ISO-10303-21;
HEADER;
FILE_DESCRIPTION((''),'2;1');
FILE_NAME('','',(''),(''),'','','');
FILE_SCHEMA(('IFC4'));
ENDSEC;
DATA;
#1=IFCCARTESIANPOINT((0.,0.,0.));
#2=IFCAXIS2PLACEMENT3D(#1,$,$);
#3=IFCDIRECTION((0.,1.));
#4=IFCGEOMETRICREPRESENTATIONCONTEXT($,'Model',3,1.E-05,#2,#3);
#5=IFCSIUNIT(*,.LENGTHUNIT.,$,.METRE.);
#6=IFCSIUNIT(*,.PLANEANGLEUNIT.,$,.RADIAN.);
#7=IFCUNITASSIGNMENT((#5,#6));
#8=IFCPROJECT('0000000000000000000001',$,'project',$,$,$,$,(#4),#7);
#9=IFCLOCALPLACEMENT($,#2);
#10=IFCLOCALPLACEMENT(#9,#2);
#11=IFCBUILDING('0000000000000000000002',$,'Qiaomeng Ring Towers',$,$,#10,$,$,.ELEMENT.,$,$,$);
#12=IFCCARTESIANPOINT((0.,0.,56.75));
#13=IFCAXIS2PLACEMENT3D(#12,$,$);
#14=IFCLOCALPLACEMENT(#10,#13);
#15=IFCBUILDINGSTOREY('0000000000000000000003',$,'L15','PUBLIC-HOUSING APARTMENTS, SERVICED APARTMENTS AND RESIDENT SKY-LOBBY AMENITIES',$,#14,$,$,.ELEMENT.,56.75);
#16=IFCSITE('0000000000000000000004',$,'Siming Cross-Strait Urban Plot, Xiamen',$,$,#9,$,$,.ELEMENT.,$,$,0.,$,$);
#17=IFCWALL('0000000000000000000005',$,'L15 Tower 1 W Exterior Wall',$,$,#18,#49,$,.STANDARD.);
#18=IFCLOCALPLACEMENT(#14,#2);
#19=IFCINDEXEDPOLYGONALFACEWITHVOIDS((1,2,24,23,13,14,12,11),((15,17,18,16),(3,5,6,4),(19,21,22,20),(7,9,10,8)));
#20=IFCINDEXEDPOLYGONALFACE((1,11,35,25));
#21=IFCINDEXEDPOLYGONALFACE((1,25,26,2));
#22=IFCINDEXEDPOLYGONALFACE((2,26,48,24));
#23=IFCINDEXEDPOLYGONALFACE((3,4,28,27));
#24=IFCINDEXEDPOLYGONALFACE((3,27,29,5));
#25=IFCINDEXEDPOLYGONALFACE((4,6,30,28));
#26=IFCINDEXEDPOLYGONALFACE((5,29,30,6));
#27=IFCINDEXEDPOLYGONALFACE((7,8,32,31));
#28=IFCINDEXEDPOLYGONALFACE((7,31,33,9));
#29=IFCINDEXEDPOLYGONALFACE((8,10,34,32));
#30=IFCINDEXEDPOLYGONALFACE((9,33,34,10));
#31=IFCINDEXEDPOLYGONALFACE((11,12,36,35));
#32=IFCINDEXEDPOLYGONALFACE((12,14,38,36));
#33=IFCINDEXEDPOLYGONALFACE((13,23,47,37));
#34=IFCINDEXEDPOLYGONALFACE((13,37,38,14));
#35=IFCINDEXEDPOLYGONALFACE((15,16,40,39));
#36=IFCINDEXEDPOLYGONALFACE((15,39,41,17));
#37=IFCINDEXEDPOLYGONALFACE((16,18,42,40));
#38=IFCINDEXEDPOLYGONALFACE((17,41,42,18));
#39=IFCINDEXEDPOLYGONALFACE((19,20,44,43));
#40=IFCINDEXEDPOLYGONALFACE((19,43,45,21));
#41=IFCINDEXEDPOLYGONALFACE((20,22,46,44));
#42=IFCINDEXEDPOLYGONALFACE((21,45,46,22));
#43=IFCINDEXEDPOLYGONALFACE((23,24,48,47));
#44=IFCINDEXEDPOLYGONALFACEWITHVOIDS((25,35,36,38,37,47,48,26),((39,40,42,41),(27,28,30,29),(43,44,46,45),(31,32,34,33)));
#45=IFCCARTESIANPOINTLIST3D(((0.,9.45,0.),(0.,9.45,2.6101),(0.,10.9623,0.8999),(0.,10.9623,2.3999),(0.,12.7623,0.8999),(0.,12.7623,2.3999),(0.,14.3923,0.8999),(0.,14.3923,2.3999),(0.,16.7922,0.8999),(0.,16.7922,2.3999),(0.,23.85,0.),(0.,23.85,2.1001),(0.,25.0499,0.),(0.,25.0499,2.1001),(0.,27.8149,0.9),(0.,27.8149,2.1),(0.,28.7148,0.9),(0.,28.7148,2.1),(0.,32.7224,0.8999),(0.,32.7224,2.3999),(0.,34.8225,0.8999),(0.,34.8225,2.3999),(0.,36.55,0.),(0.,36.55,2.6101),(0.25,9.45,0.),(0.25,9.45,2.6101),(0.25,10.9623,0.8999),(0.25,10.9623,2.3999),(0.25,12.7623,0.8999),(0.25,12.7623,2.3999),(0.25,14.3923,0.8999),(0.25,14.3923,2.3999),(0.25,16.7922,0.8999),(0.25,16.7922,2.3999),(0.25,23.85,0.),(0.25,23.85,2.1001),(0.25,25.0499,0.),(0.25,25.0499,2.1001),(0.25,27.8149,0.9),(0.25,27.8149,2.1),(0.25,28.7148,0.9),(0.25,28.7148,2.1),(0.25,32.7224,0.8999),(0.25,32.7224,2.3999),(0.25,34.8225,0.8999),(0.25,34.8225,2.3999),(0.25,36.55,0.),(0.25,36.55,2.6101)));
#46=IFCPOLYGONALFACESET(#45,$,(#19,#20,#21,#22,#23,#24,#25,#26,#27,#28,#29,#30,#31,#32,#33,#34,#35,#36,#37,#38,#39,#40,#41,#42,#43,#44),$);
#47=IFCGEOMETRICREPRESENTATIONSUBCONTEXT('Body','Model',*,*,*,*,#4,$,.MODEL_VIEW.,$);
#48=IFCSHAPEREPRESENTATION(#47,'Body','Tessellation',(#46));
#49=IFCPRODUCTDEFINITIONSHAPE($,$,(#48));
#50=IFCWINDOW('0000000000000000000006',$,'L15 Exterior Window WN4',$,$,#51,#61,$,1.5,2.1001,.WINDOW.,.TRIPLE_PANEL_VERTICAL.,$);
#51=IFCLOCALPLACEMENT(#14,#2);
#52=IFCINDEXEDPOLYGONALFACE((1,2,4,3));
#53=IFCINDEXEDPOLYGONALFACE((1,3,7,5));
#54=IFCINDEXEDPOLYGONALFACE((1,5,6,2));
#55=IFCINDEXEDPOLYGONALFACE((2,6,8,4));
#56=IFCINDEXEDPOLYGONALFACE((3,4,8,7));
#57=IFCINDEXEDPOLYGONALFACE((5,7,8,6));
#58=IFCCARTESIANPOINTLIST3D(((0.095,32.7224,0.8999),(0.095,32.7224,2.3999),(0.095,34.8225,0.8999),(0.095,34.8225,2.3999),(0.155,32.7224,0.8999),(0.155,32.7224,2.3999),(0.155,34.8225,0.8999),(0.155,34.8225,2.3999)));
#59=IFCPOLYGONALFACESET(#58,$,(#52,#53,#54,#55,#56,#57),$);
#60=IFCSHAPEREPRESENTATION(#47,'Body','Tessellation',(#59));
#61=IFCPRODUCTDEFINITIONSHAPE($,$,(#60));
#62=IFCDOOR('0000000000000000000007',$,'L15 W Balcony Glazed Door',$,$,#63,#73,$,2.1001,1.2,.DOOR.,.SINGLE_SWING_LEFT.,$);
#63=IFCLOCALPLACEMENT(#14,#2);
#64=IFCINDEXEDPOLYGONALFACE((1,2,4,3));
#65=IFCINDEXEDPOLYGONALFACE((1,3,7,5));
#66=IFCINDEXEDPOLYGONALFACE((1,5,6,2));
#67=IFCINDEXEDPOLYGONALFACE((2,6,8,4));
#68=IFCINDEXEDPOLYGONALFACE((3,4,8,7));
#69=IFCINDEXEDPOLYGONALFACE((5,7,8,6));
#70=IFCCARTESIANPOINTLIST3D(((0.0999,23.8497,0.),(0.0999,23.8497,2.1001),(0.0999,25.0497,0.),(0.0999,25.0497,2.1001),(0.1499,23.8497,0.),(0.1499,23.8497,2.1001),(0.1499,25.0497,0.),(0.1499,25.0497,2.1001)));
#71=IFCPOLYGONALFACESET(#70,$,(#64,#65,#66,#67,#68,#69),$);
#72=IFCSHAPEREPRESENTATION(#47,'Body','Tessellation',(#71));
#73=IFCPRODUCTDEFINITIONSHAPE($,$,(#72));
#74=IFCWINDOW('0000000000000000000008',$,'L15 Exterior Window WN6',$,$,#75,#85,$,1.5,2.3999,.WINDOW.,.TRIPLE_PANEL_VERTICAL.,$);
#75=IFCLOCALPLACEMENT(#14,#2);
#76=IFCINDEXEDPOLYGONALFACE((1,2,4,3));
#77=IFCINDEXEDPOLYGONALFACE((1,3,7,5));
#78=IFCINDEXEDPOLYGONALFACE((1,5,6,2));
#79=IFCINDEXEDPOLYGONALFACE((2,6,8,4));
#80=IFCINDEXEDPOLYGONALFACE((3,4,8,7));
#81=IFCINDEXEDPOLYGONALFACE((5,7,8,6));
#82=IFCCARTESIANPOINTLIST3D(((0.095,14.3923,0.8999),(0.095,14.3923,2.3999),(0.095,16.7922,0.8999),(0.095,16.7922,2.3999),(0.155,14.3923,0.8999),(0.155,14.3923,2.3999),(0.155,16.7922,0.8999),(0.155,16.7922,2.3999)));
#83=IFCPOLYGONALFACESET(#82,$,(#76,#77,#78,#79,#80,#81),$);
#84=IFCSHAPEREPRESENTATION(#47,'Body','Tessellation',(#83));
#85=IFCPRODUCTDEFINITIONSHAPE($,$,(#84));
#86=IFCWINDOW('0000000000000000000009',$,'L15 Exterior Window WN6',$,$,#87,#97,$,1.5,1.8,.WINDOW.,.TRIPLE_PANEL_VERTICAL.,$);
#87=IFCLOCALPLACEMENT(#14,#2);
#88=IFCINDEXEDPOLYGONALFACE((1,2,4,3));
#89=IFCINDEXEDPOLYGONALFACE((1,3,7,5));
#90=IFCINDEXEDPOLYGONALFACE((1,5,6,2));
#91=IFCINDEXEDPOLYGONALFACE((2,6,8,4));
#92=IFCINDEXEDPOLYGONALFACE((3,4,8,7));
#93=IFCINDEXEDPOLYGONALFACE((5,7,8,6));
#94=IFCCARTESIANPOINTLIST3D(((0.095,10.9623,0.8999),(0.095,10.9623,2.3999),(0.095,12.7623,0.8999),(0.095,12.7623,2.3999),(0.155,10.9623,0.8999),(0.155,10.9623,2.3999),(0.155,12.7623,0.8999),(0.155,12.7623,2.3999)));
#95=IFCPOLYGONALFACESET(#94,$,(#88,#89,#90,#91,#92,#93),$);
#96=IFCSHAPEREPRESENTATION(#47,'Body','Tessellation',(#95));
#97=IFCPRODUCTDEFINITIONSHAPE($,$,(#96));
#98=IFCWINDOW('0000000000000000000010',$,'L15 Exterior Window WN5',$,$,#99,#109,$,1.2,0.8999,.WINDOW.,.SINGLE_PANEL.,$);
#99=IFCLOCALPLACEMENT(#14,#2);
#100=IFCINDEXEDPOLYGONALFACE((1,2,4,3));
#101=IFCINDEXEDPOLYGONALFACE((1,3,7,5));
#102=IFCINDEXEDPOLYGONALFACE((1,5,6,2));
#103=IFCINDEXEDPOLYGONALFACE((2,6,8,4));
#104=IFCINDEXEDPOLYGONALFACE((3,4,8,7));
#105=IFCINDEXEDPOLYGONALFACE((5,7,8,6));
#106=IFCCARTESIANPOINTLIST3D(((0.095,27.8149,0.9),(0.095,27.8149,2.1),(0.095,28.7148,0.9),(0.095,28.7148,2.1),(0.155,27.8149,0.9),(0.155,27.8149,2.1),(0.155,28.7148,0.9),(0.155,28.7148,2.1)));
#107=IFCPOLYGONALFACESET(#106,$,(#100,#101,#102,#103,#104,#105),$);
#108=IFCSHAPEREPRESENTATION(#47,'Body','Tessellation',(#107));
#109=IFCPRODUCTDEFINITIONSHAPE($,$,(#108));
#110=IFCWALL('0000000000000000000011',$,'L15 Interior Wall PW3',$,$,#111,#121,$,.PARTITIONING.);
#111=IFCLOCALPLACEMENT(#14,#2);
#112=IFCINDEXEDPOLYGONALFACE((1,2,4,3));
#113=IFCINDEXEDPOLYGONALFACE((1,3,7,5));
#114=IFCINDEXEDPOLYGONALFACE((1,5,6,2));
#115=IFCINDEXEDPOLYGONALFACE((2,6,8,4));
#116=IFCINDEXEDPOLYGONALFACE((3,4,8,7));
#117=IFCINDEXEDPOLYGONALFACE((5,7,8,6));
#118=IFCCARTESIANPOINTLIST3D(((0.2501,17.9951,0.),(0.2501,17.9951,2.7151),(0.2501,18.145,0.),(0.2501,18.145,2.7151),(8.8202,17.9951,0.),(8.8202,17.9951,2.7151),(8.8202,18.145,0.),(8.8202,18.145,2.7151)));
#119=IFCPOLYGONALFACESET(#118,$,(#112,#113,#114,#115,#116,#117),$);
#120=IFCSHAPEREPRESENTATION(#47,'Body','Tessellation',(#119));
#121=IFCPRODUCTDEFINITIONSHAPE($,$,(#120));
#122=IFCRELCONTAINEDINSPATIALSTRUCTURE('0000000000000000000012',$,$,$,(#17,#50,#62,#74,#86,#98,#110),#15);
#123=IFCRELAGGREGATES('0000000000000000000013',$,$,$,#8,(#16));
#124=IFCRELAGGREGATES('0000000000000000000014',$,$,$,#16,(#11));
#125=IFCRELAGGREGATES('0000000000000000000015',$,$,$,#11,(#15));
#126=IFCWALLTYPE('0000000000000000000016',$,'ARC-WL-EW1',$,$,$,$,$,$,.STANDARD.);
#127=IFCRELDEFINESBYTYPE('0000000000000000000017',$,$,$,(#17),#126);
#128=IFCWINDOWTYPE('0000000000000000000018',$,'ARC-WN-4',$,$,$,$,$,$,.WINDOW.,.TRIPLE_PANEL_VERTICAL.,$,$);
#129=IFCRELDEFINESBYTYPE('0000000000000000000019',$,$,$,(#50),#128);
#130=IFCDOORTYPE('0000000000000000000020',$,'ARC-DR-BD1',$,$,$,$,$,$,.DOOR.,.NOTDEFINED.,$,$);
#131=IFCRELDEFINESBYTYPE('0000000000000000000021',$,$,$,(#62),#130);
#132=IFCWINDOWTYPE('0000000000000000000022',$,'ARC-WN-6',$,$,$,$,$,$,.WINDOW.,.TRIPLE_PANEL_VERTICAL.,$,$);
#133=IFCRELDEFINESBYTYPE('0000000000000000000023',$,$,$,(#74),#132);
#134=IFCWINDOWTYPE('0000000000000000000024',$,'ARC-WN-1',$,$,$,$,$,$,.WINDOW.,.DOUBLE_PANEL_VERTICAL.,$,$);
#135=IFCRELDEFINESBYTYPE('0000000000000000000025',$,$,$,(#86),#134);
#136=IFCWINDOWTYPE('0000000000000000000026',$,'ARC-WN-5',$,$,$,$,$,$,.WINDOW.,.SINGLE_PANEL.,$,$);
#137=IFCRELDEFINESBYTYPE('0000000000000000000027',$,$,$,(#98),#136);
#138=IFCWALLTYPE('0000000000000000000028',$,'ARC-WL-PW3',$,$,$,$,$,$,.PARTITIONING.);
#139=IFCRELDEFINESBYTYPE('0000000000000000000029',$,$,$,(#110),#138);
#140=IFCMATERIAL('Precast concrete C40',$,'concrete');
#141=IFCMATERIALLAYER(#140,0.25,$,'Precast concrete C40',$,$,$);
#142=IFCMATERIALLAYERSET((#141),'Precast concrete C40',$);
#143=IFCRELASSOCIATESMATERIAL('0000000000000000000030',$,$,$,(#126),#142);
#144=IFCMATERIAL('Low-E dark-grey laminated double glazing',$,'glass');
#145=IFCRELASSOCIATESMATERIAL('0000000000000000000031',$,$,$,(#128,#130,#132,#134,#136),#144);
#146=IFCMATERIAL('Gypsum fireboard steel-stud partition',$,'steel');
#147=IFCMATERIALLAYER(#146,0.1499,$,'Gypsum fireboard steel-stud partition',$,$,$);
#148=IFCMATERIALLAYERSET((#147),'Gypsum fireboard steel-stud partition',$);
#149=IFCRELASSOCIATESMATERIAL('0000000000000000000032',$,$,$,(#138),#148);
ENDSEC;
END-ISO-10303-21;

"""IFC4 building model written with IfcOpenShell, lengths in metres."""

from ifc_helpers import new_model, si_unit, direction, frame, frame_2d, origin, place, context, subcontext, project, spatial, rectangle, extrude, source, transform, mapped, material, layer, layer_set, type_object, element, fill, save


model = new_model("IFC4")

# Units and contexts
model_context = context("Model", 3, precision=1e-05, world=origin(), true_north=direction((0.0, 1.0)))
body_context = subcontext(model_context, "Body", "Model", "MODEL_VIEW")
ifc_project = project(units=[si_unit("LENGTHUNIT", "METRE"), si_unit("PLANEANGLEUNIT", "RADIAN")], contexts=[model_context])

# Site, building, storey
site_placement = place(None, origin())
site = spatial("IfcSite", under=ifc_project, at=site_placement, Name="Siming Cross-Strait Urban Plot, Xiamen", CompositionType="ELEMENT", RefElevation=0.0)
building_placement = place(site_placement, origin())
building = spatial("IfcBuilding", under=site, at=building_placement, Name="Qiaomeng Ring Towers", CompositionType="ELEMENT")
storey_placement = place(building_placement, frame((0.0, 0.0, 56.75)))
storey = spatial("IfcBuildingStorey", under=building, at=storey_placement, Name="L15", Description="PUBLIC-HOUSING APARTMENTS, SERVICED APARTMENTS AND RESIDENT SKY-LOBBY AMENITIES", CompositionType="ELEMENT", Elevation=56.75)

# Wall, openings, windows, door
ifc_material_1 = material(Name="Precast concrete C40", Category="concrete")
ifc_layer_1 = layer(ifc_material_1, 0.25, Name="Precast concrete C40")
ifc_layer_set_1 = layer_set([ifc_layer_1], Name="Precast concrete C40")
wall_type_1 = type_object("IfcWallType", Name="ARC-WL-EW1", PredefinedType="STANDARD", material=ifc_layer_set_1)
wall_1_placement = place(storey_placement, frame((0.125, 9.45, 0.0), z_axis=(0.0, 0.0, 1.0), x_axis=(0.0, 1.0, 0.0)))
wall_1 = element("IfcWall", 1, at=wall_1_placement, inside=storey, type_object=wall_type_1, Name="L15 Tower 1 W Exterior Wall", PredefinedType="STANDARD", context=body_context, shape_type="SweptSolid", body=[
    extrude(rectangle(XDim=27.1001, YDim=0.25, at=frame_2d((13.55, 0.0))), origin(), (0.0, 0.0, 1.0), 2.6101),
])
opening_1_placement = place(wall_1_placement, frame((14.3999, 0.0, 0.0)))
opening_1 = element("IfcOpeningElement", 2, at=opening_1_placement, cuts=wall_1, PredefinedType="OPENING", context=body_context, shape_type="SweptSolid", body=[
    extrude(rectangle(XDim=1.2, YDim=2.1001, at=frame_2d((0.6001, 1.05))), frame((0.0, 0.135, 0.0), z_axis=(0.0, -1.0, 0.0), x_axis=(1.0, 0.0, 0.0)), (0.0, 0.0, 1.0), 0.27),
])
opening_2_placement = place(wall_1_placement, frame((1.5125, 0.0, 0.8999)))
opening_2 = element("IfcOpeningElement", 3, at=opening_2_placement, cuts=wall_1, PredefinedType="OPENING", context=body_context, shape_type="SweptSolid", body=[
    extrude(rectangle(XDim=1.8, YDim=1.5, at=frame_2d((0.8999, 0.75))), frame((0.0, 0.135, 0.0), z_axis=(0.0, -1.0, 0.0), x_axis=(1.0, 0.0, 0.0)), (0.0, 0.0, 1.0), 0.27),
])
opening_3_placement = place(wall_1_placement, frame((23.2725, 0.0, 0.8999)))
opening_3 = element("IfcOpeningElement", 4, at=opening_3_placement, cuts=wall_1, PredefinedType="OPENING", context=body_context, shape_type="SweptSolid", body=[
    extrude(rectangle(XDim=2.1001, YDim=1.5, at=frame_2d((1.05, 0.75))), frame((0.0, 0.135, 0.0), z_axis=(0.0, -1.0, 0.0), x_axis=(1.0, 0.0, 0.0)), (0.0, 0.0, 1.0), 0.27),
])
opening_4_placement = place(wall_1_placement, frame((4.9424, 0.0, 0.8999)))
opening_4 = element("IfcOpeningElement", 5, at=opening_4_placement, cuts=wall_1, PredefinedType="OPENING", context=body_context, shape_type="SweptSolid", body=[
    extrude(rectangle(XDim=2.3999, YDim=1.5, at=frame_2d((1.2, 0.75))), frame((0.0, 0.135, 0.0), z_axis=(0.0, -1.0, 0.0), x_axis=(1.0, 0.0, 0.0)), (0.0, 0.0, 1.0), 0.27),
])
opening_5_placement = place(wall_1_placement, frame((18.365, 0.0, 0.8999)))
opening_5 = element("IfcOpeningElement", 6, at=opening_5_placement, cuts=wall_1, PredefinedType="OPENING", context=body_context, shape_type="SweptSolid", body=[
    extrude(rectangle(XDim=0.8999, YDim=1.2, at=frame_2d((0.45, 0.6001))), frame((0.0, 0.135, 0.0), z_axis=(0.0, -1.0, 0.0), x_axis=(1.0, 0.0, 0.0)), (0.0, 0.0, 1.0), 0.27),
])
ifc_material_2 = material(Name="Low-E dark-grey laminated double glazing", Category="glass")
window_type_1 = type_object("IfcWindowType", Name="ARC-WN-4", PartitioningType="TRIPLE_PANEL_VERTICAL", PredefinedType="WINDOW", material=ifc_material_2)
shared_shape_1 = source(origin(), body_context, "Body", "SweptSolid", [
    extrude(rectangle(XDim=2.1001, YDim=1.5, at=frame_2d((1.05, 0.75))), frame((0.0, 0.03, 0.0), z_axis=(0.0, -1.0, 0.0), x_axis=(1.0, 0.0, 0.0)), (0.0, 0.0, 1.0), 0.0601),
])
window_1_placement = place(opening_3_placement, origin())
window_1 = element("IfcWindow", 7, at=window_1_placement, inside=storey, type_object=window_type_1, Name="L15 Exterior Window WN4", OverallHeight=1.5, OverallWidth=2.1001, PartitioningType="TRIPLE_PANEL_VERTICAL", PredefinedType="WINDOW", context=body_context, shape_type="MappedRepresentation", body=[
    mapped(shared_shape_1, transform((0.0, 0.0, 0.0), x_axis=(1.0, 0.0, 0.0), y_axis=(0.0, 1.0, 0.0), z_axis=(0.0, 0.0, 1.0), scale=1.0)),
])
fill(opening_3, window_1)
door_type_1 = type_object("IfcDoorType", Name="ARC-DR-BD1", OperationType="NOTDEFINED", PredefinedType="DOOR", material=ifc_material_2)
shared_shape_2 = source(origin(), body_context, "Body", "SweptSolid", [
    extrude(rectangle(XDim=1.2, YDim=2.1001, at=frame_2d((0.6001, 1.05))), frame((0.0, 0.0249, 0.0), z_axis=(0.0, -1.0, 0.0), x_axis=(1.0, 0.0, 0.0)), (0.0, 0.0, 1.0), 0.05),
])
door_1_placement = place(opening_1_placement, frame((1.2, 0.0, 0.0), z_axis=(0.0, 0.0, 1.0), x_axis=(-1.0, 0.0, 0.0)))
door_1 = element("IfcDoor", 8, at=door_1_placement, inside=storey, type_object=door_type_1, Name="L15 W Balcony Glazed Door", OperationType="SINGLE_SWING_LEFT", OverallHeight=2.1001, OverallWidth=1.2, PredefinedType="DOOR", context=body_context, shape_type="MappedRepresentation", body=[
    mapped(shared_shape_2, transform((0.0, 0.0, 0.0), x_axis=(1.0, 0.0, 0.0), y_axis=(0.0, 1.0, 0.0), z_axis=(0.0, 0.0, 1.0), scale=1.0)),
])
fill(opening_1, door_1)
window_type_2 = type_object("IfcWindowType", Name="ARC-WN-6", PartitioningType="TRIPLE_PANEL_VERTICAL", PredefinedType="WINDOW", material=ifc_material_2)
shared_shape_3 = source(origin(), body_context, "Body", "SweptSolid", [
    extrude(rectangle(XDim=2.3999, YDim=1.5, at=frame_2d((1.2, 0.75))), frame((0.0, 0.03, 0.0), z_axis=(0.0, -1.0, 0.0), x_axis=(1.0, 0.0, 0.0)), (0.0, 0.0, 1.0), 0.0601),
])
window_2_placement = place(opening_4_placement, origin())
window_2 = element("IfcWindow", 9, at=window_2_placement, inside=storey, type_object=window_type_2, Name="L15 Exterior Window WN6", OverallHeight=1.5, OverallWidth=2.3999, PartitioningType="TRIPLE_PANEL_VERTICAL", PredefinedType="WINDOW", context=body_context, shape_type="MappedRepresentation", body=[
    mapped(shared_shape_3, transform((0.0, 0.0, 0.0), x_axis=(1.0, 0.0, 0.0), y_axis=(0.0, 1.0, 0.0), z_axis=(0.0, 0.0, 1.0), scale=1.0)),
])
fill(opening_4, window_2)
window_type_3 = type_object("IfcWindowType", Name="ARC-WN-1", PartitioningType="DOUBLE_PANEL_VERTICAL", PredefinedType="WINDOW", material=ifc_material_2)
shared_shape_4 = source(origin(), body_context, "Body", "SweptSolid", [
    extrude(rectangle(XDim=1.8, YDim=1.5, at=frame_2d((0.8999, 0.75))), frame((0.0, 0.03, 0.0), z_axis=(0.0, -1.0, 0.0), x_axis=(1.0, 0.0, 0.0)), (0.0, 0.0, 1.0), 0.0601),
])
window_3_placement = place(opening_2_placement, origin())
window_3 = element("IfcWindow", 10, at=window_3_placement, inside=storey, type_object=window_type_3, Name="L15 Exterior Window WN6", OverallHeight=1.5, OverallWidth=1.8, PartitioningType="TRIPLE_PANEL_VERTICAL", PredefinedType="WINDOW", context=body_context, shape_type="MappedRepresentation", body=[
    mapped(shared_shape_4, transform((0.0, 0.0, 0.0), x_axis=(1.0, 0.0, 0.0), y_axis=(0.0, 1.0, 0.0), z_axis=(0.0, 0.0, 1.0), scale=1.0)),
])
fill(opening_2, window_3)
window_type_4 = type_object("IfcWindowType", Name="ARC-WN-5", PartitioningType="SINGLE_PANEL", PredefinedType="WINDOW", material=ifc_material_2)
shared_shape_5 = source(origin(), body_context, "Body", "SweptSolid", [
    extrude(rectangle(XDim=0.8999, YDim=1.2, at=frame_2d((0.45, 0.6001))), frame((0.0, 0.03, 0.0), z_axis=(0.0, -1.0, 0.0), x_axis=(1.0, 0.0, 0.0)), (0.0, 0.0, 1.0), 0.0601),
])
window_4_placement = place(opening_5_placement, origin())
window_4 = element("IfcWindow", 11, at=window_4_placement, inside=storey, type_object=window_type_4, Name="L15 Exterior Window WN5", OverallHeight=1.2, OverallWidth=0.8999, PartitioningType="SINGLE_PANEL", PredefinedType="WINDOW", context=body_context, shape_type="MappedRepresentation", body=[
    mapped(shared_shape_5, transform((0.0, 0.0, 0.0), x_axis=(1.0, 0.0, 0.0), y_axis=(0.0, 1.0, 0.0), z_axis=(0.0, 0.0, 1.0), scale=1.0)),
])
fill(opening_5, window_4)

# Wall
ifc_material_3 = material(Name="Gypsum fireboard steel-stud partition", Category="steel")
ifc_layer_2 = layer(ifc_material_3, 0.1499, Name="Gypsum fireboard steel-stud partition")
ifc_layer_set_2 = layer_set([ifc_layer_2], Name="Gypsum fireboard steel-stud partition")
wall_type_2 = type_object("IfcWallType", Name="ARC-WL-PW3", PredefinedType="PARTITIONING", material=ifc_layer_set_2)
wall_2_placement = place(storey_placement, frame((0.25, 18.0701, 0.0), z_axis=(0.0, 0.0, 1.0), x_axis=(1.0, 0.0, 0.0)))
element("IfcWall", 12, at=wall_2_placement, inside=storey, type_object=wall_type_2, Name="L15 Interior Wall PW3", PredefinedType="PARTITIONING", context=body_context, shape_type="SweptSolid", body=[
    extrude(rectangle(XDim=8.5701, YDim=0.1499, at=frame_2d((4.2852, 0.0))), origin(), (0.0, 0.0, 1.0), 2.7151),
])

save(model, "model.ifc")
